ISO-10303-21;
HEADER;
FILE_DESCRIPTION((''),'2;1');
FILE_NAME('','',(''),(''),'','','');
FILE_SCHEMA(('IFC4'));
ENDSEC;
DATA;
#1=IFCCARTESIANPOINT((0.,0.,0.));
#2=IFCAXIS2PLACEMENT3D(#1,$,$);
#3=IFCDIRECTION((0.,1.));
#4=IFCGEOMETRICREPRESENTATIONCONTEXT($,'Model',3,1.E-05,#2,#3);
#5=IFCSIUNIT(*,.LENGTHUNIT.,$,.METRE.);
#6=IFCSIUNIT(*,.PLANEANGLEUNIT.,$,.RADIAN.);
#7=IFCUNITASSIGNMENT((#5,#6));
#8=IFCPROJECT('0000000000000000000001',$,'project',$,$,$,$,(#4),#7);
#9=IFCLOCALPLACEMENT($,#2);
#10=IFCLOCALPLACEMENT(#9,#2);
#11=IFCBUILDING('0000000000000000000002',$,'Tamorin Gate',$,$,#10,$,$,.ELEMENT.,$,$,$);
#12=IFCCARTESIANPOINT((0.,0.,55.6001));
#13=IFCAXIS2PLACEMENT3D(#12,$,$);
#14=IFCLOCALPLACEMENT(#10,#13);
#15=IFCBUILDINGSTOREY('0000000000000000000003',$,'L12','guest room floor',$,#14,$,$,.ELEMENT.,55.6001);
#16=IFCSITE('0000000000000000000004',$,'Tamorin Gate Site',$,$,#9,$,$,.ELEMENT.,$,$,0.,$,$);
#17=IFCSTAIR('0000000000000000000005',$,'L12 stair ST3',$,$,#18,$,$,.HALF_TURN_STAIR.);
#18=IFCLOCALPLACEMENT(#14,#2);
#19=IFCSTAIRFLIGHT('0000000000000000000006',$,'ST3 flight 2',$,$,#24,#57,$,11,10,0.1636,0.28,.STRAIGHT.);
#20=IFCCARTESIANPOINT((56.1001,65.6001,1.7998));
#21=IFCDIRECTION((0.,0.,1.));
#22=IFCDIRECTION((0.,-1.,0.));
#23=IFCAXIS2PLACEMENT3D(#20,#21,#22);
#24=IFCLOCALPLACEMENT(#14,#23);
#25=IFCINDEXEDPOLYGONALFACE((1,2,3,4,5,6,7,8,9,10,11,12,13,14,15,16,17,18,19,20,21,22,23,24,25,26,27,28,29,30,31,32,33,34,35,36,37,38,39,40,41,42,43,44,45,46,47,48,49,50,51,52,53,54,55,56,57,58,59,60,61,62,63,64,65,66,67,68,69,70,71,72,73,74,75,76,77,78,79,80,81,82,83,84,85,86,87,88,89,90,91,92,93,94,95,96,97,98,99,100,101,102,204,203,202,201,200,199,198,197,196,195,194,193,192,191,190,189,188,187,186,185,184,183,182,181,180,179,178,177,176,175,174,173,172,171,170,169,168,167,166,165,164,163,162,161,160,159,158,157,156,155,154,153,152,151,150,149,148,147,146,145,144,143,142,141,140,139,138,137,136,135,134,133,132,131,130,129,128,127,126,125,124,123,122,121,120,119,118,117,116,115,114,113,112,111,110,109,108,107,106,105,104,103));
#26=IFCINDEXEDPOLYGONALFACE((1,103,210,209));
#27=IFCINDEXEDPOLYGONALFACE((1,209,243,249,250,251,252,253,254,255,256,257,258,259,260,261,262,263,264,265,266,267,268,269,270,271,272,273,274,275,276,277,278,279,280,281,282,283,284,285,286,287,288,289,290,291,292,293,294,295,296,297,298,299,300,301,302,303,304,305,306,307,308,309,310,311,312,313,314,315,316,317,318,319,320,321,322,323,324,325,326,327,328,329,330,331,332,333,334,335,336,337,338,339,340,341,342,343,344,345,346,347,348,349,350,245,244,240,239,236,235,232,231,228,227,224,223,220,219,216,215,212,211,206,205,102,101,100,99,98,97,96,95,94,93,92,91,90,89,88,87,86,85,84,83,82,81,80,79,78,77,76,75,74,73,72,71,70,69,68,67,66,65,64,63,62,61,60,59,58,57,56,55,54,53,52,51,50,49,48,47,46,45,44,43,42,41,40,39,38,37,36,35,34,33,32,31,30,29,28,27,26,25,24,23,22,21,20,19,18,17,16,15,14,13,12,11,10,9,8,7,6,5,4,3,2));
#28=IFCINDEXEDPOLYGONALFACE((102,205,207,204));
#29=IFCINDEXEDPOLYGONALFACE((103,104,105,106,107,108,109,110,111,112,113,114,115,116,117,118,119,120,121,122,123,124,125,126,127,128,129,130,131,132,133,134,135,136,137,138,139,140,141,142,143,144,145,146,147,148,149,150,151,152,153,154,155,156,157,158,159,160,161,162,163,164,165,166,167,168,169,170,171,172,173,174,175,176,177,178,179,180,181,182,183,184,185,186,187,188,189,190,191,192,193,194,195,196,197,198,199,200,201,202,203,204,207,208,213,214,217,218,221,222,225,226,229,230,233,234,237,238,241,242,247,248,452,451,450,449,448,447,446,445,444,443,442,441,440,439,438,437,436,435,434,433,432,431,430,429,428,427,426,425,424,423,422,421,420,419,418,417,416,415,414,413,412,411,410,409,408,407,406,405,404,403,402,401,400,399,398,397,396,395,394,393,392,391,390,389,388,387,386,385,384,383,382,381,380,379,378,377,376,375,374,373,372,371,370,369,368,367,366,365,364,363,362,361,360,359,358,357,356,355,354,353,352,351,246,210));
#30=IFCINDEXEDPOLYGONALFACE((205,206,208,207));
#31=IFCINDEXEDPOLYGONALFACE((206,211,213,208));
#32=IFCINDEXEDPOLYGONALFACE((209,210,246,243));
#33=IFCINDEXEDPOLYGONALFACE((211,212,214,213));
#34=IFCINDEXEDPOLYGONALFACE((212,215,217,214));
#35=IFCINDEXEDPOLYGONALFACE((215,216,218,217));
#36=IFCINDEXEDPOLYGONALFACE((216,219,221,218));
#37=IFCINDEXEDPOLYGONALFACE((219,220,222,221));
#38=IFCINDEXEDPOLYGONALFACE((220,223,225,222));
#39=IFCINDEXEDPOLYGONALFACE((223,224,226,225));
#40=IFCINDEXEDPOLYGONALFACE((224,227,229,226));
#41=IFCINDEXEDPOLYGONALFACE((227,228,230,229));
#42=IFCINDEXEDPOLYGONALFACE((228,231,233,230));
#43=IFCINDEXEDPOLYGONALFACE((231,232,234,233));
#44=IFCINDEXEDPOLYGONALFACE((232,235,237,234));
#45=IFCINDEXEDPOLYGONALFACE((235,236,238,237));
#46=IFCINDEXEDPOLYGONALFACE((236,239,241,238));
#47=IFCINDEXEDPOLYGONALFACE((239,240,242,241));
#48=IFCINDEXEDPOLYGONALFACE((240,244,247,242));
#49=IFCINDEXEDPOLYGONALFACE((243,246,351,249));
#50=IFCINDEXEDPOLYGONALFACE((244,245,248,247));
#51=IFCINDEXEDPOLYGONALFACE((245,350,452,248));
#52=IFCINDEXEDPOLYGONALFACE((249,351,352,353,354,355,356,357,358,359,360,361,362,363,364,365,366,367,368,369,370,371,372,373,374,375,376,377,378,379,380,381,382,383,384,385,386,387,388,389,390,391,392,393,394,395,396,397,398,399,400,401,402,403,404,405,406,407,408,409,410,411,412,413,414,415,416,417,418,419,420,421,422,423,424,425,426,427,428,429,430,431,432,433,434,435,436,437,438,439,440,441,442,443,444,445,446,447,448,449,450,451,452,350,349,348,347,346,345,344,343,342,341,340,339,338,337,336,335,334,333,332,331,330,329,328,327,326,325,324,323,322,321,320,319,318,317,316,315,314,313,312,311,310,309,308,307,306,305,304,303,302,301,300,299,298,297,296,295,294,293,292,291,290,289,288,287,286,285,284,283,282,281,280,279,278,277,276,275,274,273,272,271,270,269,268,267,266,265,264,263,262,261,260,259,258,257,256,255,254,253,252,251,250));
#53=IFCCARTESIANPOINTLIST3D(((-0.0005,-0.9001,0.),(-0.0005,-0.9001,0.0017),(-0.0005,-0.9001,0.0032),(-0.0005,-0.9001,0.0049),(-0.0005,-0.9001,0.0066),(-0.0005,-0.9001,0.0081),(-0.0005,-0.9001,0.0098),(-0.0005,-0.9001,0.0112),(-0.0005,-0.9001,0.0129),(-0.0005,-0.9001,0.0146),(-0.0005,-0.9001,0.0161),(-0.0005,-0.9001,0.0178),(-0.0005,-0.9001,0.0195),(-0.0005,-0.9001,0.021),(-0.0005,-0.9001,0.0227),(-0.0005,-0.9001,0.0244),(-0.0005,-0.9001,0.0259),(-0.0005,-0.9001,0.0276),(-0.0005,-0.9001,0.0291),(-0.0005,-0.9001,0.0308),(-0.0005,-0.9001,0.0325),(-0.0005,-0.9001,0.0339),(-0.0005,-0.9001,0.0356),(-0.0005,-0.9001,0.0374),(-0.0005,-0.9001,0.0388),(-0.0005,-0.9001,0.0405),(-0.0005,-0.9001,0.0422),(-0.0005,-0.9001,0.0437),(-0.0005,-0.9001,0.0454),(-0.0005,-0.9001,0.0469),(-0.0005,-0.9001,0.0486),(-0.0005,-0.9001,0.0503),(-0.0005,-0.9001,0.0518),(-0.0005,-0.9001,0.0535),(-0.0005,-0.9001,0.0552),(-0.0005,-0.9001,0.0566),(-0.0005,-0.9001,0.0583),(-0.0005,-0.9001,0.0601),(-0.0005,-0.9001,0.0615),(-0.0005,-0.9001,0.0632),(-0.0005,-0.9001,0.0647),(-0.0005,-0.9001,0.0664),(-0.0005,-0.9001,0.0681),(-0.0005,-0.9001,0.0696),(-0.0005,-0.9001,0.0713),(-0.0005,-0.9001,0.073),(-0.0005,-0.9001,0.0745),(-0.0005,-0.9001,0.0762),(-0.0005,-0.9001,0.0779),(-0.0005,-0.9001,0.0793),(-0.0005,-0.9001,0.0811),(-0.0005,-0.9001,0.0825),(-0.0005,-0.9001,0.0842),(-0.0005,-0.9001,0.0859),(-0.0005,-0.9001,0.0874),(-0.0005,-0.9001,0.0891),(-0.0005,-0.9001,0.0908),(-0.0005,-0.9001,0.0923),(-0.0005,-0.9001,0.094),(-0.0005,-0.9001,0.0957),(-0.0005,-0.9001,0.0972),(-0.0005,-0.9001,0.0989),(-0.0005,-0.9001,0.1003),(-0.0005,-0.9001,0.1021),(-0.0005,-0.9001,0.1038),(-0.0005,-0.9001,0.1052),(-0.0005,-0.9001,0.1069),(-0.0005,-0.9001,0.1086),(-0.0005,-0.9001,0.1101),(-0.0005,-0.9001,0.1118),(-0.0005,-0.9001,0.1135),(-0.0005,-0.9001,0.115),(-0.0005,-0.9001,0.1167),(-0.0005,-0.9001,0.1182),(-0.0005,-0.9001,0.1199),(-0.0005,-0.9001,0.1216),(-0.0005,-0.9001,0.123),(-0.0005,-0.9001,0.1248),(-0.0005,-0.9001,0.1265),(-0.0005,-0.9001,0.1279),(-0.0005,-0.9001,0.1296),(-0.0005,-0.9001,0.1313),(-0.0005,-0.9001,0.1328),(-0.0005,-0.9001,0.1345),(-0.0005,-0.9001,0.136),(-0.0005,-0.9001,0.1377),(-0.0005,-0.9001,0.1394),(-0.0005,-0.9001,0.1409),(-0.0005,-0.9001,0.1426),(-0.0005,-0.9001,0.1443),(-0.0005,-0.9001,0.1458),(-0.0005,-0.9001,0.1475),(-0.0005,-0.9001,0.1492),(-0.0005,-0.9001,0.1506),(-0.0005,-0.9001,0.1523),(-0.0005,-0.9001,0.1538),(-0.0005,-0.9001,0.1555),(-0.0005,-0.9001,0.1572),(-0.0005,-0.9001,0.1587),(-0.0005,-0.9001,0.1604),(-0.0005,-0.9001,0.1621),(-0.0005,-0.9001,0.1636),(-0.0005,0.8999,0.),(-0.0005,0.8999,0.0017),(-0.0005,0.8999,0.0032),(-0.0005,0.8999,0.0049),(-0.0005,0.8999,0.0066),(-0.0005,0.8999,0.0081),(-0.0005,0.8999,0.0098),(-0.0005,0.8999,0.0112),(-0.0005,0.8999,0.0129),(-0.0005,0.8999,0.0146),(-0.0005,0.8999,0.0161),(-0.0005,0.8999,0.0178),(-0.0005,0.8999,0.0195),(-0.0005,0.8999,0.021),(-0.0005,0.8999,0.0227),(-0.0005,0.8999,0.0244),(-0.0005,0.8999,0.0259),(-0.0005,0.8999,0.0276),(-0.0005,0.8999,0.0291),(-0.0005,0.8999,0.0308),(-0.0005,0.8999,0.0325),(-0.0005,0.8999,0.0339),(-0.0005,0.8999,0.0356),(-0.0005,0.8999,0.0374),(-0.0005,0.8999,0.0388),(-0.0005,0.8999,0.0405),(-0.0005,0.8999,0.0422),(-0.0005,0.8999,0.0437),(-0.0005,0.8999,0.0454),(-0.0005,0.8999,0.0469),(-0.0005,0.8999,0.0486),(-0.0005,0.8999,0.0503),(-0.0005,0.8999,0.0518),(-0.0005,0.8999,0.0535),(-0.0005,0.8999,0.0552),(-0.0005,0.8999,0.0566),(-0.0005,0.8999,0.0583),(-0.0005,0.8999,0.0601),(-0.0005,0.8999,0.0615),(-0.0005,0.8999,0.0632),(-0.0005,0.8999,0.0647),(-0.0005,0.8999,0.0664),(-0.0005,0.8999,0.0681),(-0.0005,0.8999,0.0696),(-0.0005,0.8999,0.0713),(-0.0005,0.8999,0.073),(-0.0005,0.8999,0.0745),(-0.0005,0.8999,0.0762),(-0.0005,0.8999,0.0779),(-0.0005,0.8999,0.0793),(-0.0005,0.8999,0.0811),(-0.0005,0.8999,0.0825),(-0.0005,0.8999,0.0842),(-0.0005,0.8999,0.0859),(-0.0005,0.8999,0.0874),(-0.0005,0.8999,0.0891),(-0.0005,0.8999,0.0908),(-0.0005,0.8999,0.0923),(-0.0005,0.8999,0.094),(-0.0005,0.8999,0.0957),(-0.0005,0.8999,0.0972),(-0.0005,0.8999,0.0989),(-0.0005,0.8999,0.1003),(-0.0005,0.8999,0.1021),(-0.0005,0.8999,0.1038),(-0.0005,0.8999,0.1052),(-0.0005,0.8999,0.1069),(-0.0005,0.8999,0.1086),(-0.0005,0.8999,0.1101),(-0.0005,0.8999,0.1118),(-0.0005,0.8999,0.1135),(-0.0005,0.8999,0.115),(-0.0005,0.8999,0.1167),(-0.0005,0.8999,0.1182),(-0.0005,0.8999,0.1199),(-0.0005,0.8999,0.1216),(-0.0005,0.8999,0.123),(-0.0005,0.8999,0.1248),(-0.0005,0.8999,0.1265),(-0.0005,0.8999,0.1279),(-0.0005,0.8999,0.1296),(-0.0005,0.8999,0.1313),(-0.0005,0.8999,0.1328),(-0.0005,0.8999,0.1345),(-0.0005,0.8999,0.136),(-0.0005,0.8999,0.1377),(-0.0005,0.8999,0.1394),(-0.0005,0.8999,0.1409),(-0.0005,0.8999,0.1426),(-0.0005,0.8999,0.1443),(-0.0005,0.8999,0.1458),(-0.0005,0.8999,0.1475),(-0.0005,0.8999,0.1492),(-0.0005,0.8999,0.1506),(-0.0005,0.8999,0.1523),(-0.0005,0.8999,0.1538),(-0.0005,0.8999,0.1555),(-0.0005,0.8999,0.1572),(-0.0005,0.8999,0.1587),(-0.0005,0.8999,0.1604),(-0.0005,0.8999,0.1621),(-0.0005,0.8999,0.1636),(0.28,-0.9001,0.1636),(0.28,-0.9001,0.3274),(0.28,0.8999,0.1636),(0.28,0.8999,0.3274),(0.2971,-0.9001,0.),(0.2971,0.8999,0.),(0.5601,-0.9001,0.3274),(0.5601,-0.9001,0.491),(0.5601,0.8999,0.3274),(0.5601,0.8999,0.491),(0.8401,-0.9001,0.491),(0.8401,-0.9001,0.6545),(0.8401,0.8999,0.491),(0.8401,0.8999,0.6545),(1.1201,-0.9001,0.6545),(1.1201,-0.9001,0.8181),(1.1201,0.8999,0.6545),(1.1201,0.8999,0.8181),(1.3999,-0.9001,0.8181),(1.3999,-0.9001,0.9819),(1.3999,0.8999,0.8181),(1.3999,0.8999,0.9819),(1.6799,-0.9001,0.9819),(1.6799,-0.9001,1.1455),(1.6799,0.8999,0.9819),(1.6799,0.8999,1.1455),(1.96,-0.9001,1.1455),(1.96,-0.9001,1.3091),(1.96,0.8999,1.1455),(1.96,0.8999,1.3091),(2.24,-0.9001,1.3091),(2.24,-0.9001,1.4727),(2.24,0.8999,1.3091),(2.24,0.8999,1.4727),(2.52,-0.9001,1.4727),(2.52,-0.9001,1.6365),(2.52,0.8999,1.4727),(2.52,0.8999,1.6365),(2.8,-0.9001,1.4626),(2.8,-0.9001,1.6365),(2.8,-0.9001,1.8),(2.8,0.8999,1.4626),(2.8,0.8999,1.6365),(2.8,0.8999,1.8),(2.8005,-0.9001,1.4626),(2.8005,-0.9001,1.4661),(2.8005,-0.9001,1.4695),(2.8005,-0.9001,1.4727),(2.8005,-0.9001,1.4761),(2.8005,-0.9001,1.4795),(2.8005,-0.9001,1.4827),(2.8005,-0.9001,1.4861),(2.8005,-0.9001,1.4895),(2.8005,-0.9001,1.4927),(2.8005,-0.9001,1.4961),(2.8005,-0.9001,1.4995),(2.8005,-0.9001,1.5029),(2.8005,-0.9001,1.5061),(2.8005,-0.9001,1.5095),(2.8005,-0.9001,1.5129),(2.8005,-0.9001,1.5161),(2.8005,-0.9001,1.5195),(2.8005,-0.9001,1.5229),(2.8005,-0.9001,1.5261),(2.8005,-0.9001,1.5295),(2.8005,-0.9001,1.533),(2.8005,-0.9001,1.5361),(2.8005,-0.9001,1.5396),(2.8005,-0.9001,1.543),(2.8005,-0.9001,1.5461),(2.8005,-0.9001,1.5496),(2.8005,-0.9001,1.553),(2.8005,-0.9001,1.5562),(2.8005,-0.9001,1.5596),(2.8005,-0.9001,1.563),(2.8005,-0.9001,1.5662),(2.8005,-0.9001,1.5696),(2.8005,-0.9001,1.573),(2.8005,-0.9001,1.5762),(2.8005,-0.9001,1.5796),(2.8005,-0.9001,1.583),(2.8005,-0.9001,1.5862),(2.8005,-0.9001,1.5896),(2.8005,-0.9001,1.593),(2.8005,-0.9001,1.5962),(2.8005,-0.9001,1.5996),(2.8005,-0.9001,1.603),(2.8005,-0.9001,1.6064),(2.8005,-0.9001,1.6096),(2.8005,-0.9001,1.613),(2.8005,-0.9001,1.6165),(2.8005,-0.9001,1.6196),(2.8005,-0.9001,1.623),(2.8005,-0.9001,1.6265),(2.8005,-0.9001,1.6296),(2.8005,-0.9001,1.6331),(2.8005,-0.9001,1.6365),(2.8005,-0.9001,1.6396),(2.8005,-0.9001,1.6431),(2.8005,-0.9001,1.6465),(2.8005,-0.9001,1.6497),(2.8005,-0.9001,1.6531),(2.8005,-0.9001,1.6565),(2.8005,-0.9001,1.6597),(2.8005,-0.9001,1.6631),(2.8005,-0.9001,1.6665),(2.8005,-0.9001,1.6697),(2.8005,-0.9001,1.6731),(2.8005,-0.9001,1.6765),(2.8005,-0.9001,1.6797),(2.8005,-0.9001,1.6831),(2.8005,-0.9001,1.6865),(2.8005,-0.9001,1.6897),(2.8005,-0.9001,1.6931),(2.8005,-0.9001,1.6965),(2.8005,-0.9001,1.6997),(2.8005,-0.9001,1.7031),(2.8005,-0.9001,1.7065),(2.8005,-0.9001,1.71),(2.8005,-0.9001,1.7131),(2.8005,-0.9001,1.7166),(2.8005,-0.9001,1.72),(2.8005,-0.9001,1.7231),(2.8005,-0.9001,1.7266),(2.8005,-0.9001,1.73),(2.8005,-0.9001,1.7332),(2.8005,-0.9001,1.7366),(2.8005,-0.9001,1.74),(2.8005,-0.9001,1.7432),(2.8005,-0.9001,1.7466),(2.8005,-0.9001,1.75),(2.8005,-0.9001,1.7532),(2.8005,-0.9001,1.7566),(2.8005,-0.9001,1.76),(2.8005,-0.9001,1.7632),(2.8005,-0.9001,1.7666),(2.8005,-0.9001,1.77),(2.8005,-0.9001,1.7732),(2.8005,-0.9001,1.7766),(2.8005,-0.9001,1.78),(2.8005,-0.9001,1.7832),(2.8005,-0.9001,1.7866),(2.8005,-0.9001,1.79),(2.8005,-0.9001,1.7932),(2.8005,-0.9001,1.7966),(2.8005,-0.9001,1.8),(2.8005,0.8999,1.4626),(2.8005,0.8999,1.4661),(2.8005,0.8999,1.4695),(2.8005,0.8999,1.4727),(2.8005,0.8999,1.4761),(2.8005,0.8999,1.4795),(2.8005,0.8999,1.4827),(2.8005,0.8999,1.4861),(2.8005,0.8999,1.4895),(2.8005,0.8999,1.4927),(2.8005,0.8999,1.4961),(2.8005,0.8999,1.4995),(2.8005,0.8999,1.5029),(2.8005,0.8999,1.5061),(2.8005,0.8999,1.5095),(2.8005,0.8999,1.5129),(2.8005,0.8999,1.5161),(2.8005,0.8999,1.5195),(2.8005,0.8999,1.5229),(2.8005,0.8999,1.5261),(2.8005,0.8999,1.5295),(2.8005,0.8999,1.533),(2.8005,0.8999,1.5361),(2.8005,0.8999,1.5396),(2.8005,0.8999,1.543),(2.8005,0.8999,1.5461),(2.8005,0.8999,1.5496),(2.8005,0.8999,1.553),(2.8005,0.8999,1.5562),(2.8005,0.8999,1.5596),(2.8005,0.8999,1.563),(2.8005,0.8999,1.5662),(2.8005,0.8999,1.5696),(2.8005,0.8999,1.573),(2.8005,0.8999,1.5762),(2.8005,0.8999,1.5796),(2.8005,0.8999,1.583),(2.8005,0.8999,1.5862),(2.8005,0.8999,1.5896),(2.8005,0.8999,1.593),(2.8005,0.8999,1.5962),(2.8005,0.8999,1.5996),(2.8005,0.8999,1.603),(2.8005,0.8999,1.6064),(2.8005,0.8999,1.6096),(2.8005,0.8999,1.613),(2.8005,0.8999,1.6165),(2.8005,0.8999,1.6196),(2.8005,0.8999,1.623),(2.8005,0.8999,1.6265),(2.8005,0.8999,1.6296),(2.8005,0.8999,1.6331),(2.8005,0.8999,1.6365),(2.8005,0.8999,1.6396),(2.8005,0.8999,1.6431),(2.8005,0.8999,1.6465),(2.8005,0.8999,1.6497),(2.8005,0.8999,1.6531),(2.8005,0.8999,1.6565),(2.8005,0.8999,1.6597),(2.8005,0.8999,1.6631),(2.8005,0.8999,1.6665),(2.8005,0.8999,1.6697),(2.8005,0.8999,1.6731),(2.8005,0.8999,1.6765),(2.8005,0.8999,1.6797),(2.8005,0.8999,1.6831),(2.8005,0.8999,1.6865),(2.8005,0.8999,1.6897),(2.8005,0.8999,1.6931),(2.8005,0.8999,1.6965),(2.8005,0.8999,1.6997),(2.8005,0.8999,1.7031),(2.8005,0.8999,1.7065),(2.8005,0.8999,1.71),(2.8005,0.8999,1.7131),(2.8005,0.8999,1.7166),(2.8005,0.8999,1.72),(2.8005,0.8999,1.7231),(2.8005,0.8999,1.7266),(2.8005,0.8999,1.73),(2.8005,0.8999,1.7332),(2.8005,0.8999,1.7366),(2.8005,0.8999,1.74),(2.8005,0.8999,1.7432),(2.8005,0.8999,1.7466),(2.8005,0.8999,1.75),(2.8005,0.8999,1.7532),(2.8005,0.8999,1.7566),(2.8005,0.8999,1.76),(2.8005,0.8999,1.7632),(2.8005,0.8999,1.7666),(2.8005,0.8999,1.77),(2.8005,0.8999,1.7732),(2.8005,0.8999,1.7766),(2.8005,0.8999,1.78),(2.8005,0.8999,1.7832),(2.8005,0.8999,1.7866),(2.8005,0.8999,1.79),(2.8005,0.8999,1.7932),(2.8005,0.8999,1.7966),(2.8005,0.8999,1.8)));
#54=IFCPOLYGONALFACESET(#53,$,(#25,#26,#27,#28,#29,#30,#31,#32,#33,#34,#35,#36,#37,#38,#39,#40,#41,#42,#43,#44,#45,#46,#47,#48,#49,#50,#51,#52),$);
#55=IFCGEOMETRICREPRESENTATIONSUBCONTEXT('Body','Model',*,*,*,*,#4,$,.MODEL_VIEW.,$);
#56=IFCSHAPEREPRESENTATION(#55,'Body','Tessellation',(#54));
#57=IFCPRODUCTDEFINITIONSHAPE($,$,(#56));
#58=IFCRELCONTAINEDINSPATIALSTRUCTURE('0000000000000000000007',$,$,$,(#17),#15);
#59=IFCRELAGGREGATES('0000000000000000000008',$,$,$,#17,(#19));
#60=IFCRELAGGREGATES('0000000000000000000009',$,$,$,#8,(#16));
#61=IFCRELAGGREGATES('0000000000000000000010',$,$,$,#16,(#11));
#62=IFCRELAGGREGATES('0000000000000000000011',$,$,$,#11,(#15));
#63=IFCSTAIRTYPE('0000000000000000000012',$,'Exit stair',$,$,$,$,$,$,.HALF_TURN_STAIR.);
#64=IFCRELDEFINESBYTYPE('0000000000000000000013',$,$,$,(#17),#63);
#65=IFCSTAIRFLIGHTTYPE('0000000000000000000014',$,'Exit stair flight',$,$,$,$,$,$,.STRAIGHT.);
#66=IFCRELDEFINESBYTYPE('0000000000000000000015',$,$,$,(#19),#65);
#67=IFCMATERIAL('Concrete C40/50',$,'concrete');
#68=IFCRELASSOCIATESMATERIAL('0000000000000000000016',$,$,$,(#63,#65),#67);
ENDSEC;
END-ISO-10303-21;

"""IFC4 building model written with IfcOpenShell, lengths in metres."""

from ifc_helpers import new_model, si_unit, direction, frame, origin, place, context, subcontext, project, spatial, polyline, outline, extrude, material, type_object, element, aggregate, save


model = new_model("IFC4")

# Units and contexts
model_context = context("Model", 3, precision=1e-05, world=origin(), true_north=direction((0.0, 1.0)))
body_context = subcontext(model_context, "Body", "Model", "MODEL_VIEW")
ifc_project = project(units=[si_unit("LENGTHUNIT", "METRE"), si_unit("PLANEANGLEUNIT", "RADIAN")], contexts=[model_context])

# Site, building, storey
site_placement = place(None, origin())
site = spatial("IfcSite", under=ifc_project, at=site_placement, Name="Tamorin Gate Site", CompositionType="ELEMENT", RefElevation=0.0)
building_placement = place(site_placement, origin())
building = spatial("IfcBuilding", under=site, at=building_placement, Name="Tamorin Gate", CompositionType="ELEMENT")
storey_placement = place(building_placement, frame((0.0, 0.0, 55.6001)))
storey = spatial("IfcBuildingStorey", under=building, at=storey_placement, Name="L12", Description="guest room floor", CompositionType="ELEMENT", Elevation=55.6001)

# Shared definitions
ifc_material_1 = material(Name="Concrete C40/50", Category="concrete")

# Stair, stair flight
stair_type = type_object("IfcStairType", Name="Exit stair", PredefinedType="HALF_TURN_STAIR", material=ifc_material_1)
stair_placement = place(storey_placement, origin())
stair = element("IfcStair", 1, at=stair_placement, inside=storey, type_object=stair_type, Name="L12 stair ST3", PredefinedType="HALF_TURN_STAIR")
stair_flight_type = type_object("IfcStairFlightType", Name="Exit stair flight", PredefinedType="STRAIGHT", material=ifc_material_1)
stair_flight_1_placement = place(storey_placement, frame((56.1001, 65.6001, 1.7998), z_axis=(0.0, 0.0, 1.0), x_axis=(0.0, -1.0, 0.0)))
stair_flight_1 = element("IfcStairFlight", 2, at=stair_flight_1_placement, type_object=stair_flight_type, Name="ST3 flight 2", NumberOfRisers=11, NumberOfTreads=10, PredefinedType="STRAIGHT", RiserHeight=0.1636, TreadLength=0.28, context=body_context, shape_type="SweptSolid", body=[
    extrude(outline(polyline([(-0.0005, 0.0), (-0.0005, 0.0017), (-0.0005, 0.0032), (-0.0005, 0.0049), (-0.0005, 0.0066), (-0.0005, 0.0081), (-0.0005, 0.0098), (-0.0005, 0.0112), (-0.0005, 0.0129), (-0.0005, 0.0146), (-0.0005, 0.0161), (-0.0005, 0.0178), (-0.0005, 0.0195), (-0.0005, 0.021), (-0.0005, 0.0227), (-0.0005, 0.0244), (-0.0005, 0.0259), (-0.0005, 0.0276), (-0.0005, 0.0291), (-0.0005, 0.0308), (-0.0005, 0.0325), (-0.0005, 0.0339), (-0.0005, 0.0356), (-0.0005, 0.0374), (-0.0005, 0.0388), (-0.0005, 0.0405), (-0.0005, 0.0422), (-0.0005, 0.0437), (-0.0005, 0.0454), (-0.0005, 0.0469), (-0.0005, 0.0486), (-0.0005, 0.0503), (-0.0005, 0.0518), (-0.0005, 0.0535), (-0.0005, 0.0552), (-0.0005, 0.0566), (-0.0005, 0.0583), (-0.0005, 0.0601), (-0.0005, 0.0615), (-0.0005, 0.0632), (-0.0005, 0.0647), (-0.0005, 0.0664), (-0.0005, 0.0681), (-0.0005, 0.0696), (-0.0005, 0.0713), (-0.0005, 0.073), (-0.0005, 0.0745), (-0.0005, 0.0762), (-0.0005, 0.0779), (-0.0005, 0.0793), (-0.0005, 0.0811), (-0.0005, 0.0825), (-0.0005, 0.0842), (-0.0005, 0.0859), (-0.0005, 0.0874), (-0.0005, 0.0891), (-0.0005, 0.0908), (-0.0005, 0.0923), (-0.0005, 0.094), (-0.0005, 0.0957), (-0.0005, 0.0972), (-0.0005, 0.0989), (-0.0005, 0.1003), (-0.0005, 0.1021), (-0.0005, 0.1038), (-0.0005, 0.1052), (-0.0005, 0.1069), (-0.0005, 0.1086), (-0.0005, 0.1101), (-0.0005, 0.1118), (-0.0005, 0.1135), (-0.0005, 0.115), (-0.0005, 0.1167), (-0.0005, 0.1182), (-0.0005, 0.1199), (-0.0005, 0.1216), (-0.0005, 0.123), (-0.0005, 0.1248), (-0.0005, 0.1265), (-0.0005, 0.1279), (-0.0005, 0.1296), (-0.0005, 0.1313), (-0.0005, 0.1328), (-0.0005, 0.1345), (-0.0005, 0.136), (-0.0005, 0.1377), (-0.0005, 0.1394), (-0.0005, 0.1409), (-0.0005, 0.1426), (-0.0005, 0.1443), (-0.0005, 0.1458), (-0.0005, 0.1475), (-0.0005, 0.1492), (-0.0005, 0.1506), (-0.0005, 0.1523), (-0.0005, 0.1538), (-0.0005, 0.1555), (-0.0005, 0.1572), (-0.0005, 0.1587), (-0.0005, 0.1604), (-0.0005, 0.1621), (-0.0005, 0.1636), (0.28, 0.1636), (0.28, 0.3274), (0.5601, 0.3274), (0.5601, 0.491), (0.8401, 0.491), (0.8401, 0.6545), (1.1201, 0.6545), (1.1201, 0.8181), (1.3999, 0.8181), (1.3999, 0.9819), (1.6799, 0.9819), (1.6799, 1.1455), (1.96, 1.1455), (1.96, 1.3091), (2.24, 1.3091), (2.24, 1.4727), (2.52, 1.4727), (2.52, 1.6365), (2.8, 1.6365), (2.8, 1.8), (2.8005, 1.8), (2.8005, 1.7966), (2.8005, 1.7932), (2.8005, 1.79), (2.8005, 1.7866), (2.8005, 1.7832), (2.8005, 1.78), (2.8005, 1.7766), (2.8005, 1.7732), (2.8005, 1.77), (2.8005, 1.7666), (2.8005, 1.7632), (2.8005, 1.76), (2.8005, 1.7566), (2.8005, 1.7532), (2.8005, 1.75), (2.8005, 1.7466), (2.8005, 1.7432), (2.8005, 1.74), (2.8005, 1.7366), (2.8005, 1.7332), (2.8005, 1.73), (2.8005, 1.7266), (2.8005, 1.7231), (2.8005, 1.72), (2.8005, 1.7166), (2.8005, 1.7131), (2.8005, 1.71), (2.8005, 1.7065), (2.8005, 1.7031), (2.8005, 1.6997), (2.8005, 1.6965), (2.8005, 1.6931), (2.8005, 1.6897), (2.8005, 1.6865), (2.8005, 1.6831), (2.8005, 1.6797), (2.8005, 1.6765), (2.8005, 1.6731), (2.8005, 1.6697), (2.8005, 1.6665), (2.8005, 1.6631), (2.8005, 1.6597), (2.8005, 1.6565), (2.8005, 1.6531), (2.8005, 1.6497), (2.8005, 1.6465), (2.8005, 1.6431), (2.8005, 1.6396), (2.8005, 1.6365), (2.8005, 1.6331), (2.8005, 1.6296), (2.8005, 1.6265), (2.8005, 1.623), (2.8005, 1.6196), (2.8005, 1.6165), (2.8005, 1.613), (2.8005, 1.6096), (2.8005, 1.6064), (2.8005, 1.603), (2.8005, 1.5996), (2.8005, 1.5962), (2.8005, 1.593), (2.8005, 1.5896), (2.8005, 1.5862), (2.8005, 1.583), (2.8005, 1.5796), (2.8005, 1.5762), (2.8005, 1.573), (2.8005, 1.5696), (2.8005, 1.5662), (2.8005, 1.563), (2.8005, 1.5596), (2.8005, 1.5562), (2.8005, 1.553), (2.8005, 1.5496), (2.8005, 1.5461), (2.8005, 1.543), (2.8005, 1.5396), (2.8005, 1.5361), (2.8005, 1.533), (2.8005, 1.5295), (2.8005, 1.5261), (2.8005, 1.5229), (2.8005, 1.5195), (2.8005, 1.5161), (2.8005, 1.5129), (2.8005, 1.5095), (2.8005, 1.5061), (2.8005, 1.5029), (2.8005, 1.4995), (2.8005, 1.4961), (2.8005, 1.4927), (2.8005, 1.4895), (2.8005, 1.4861), (2.8005, 1.4827), (2.8005, 1.4795), (2.8005, 1.4761), (2.8005, 1.4727), (2.8005, 1.4695), (2.8005, 1.4661), (2.8005, 1.4626), (2.8, 1.4626), (0.2971, 0.0), (-0.0005, 0.0)])), frame((0.0, 0.8999, 0.0), z_axis=(0.0, -1.0, 0.0), x_axis=(1.0, 0.0, 0.0)), (0.0, 0.0, 1.0), 1.8),
])
aggregate(stair, [stair_flight_1])

save(model, "model.ifc")
